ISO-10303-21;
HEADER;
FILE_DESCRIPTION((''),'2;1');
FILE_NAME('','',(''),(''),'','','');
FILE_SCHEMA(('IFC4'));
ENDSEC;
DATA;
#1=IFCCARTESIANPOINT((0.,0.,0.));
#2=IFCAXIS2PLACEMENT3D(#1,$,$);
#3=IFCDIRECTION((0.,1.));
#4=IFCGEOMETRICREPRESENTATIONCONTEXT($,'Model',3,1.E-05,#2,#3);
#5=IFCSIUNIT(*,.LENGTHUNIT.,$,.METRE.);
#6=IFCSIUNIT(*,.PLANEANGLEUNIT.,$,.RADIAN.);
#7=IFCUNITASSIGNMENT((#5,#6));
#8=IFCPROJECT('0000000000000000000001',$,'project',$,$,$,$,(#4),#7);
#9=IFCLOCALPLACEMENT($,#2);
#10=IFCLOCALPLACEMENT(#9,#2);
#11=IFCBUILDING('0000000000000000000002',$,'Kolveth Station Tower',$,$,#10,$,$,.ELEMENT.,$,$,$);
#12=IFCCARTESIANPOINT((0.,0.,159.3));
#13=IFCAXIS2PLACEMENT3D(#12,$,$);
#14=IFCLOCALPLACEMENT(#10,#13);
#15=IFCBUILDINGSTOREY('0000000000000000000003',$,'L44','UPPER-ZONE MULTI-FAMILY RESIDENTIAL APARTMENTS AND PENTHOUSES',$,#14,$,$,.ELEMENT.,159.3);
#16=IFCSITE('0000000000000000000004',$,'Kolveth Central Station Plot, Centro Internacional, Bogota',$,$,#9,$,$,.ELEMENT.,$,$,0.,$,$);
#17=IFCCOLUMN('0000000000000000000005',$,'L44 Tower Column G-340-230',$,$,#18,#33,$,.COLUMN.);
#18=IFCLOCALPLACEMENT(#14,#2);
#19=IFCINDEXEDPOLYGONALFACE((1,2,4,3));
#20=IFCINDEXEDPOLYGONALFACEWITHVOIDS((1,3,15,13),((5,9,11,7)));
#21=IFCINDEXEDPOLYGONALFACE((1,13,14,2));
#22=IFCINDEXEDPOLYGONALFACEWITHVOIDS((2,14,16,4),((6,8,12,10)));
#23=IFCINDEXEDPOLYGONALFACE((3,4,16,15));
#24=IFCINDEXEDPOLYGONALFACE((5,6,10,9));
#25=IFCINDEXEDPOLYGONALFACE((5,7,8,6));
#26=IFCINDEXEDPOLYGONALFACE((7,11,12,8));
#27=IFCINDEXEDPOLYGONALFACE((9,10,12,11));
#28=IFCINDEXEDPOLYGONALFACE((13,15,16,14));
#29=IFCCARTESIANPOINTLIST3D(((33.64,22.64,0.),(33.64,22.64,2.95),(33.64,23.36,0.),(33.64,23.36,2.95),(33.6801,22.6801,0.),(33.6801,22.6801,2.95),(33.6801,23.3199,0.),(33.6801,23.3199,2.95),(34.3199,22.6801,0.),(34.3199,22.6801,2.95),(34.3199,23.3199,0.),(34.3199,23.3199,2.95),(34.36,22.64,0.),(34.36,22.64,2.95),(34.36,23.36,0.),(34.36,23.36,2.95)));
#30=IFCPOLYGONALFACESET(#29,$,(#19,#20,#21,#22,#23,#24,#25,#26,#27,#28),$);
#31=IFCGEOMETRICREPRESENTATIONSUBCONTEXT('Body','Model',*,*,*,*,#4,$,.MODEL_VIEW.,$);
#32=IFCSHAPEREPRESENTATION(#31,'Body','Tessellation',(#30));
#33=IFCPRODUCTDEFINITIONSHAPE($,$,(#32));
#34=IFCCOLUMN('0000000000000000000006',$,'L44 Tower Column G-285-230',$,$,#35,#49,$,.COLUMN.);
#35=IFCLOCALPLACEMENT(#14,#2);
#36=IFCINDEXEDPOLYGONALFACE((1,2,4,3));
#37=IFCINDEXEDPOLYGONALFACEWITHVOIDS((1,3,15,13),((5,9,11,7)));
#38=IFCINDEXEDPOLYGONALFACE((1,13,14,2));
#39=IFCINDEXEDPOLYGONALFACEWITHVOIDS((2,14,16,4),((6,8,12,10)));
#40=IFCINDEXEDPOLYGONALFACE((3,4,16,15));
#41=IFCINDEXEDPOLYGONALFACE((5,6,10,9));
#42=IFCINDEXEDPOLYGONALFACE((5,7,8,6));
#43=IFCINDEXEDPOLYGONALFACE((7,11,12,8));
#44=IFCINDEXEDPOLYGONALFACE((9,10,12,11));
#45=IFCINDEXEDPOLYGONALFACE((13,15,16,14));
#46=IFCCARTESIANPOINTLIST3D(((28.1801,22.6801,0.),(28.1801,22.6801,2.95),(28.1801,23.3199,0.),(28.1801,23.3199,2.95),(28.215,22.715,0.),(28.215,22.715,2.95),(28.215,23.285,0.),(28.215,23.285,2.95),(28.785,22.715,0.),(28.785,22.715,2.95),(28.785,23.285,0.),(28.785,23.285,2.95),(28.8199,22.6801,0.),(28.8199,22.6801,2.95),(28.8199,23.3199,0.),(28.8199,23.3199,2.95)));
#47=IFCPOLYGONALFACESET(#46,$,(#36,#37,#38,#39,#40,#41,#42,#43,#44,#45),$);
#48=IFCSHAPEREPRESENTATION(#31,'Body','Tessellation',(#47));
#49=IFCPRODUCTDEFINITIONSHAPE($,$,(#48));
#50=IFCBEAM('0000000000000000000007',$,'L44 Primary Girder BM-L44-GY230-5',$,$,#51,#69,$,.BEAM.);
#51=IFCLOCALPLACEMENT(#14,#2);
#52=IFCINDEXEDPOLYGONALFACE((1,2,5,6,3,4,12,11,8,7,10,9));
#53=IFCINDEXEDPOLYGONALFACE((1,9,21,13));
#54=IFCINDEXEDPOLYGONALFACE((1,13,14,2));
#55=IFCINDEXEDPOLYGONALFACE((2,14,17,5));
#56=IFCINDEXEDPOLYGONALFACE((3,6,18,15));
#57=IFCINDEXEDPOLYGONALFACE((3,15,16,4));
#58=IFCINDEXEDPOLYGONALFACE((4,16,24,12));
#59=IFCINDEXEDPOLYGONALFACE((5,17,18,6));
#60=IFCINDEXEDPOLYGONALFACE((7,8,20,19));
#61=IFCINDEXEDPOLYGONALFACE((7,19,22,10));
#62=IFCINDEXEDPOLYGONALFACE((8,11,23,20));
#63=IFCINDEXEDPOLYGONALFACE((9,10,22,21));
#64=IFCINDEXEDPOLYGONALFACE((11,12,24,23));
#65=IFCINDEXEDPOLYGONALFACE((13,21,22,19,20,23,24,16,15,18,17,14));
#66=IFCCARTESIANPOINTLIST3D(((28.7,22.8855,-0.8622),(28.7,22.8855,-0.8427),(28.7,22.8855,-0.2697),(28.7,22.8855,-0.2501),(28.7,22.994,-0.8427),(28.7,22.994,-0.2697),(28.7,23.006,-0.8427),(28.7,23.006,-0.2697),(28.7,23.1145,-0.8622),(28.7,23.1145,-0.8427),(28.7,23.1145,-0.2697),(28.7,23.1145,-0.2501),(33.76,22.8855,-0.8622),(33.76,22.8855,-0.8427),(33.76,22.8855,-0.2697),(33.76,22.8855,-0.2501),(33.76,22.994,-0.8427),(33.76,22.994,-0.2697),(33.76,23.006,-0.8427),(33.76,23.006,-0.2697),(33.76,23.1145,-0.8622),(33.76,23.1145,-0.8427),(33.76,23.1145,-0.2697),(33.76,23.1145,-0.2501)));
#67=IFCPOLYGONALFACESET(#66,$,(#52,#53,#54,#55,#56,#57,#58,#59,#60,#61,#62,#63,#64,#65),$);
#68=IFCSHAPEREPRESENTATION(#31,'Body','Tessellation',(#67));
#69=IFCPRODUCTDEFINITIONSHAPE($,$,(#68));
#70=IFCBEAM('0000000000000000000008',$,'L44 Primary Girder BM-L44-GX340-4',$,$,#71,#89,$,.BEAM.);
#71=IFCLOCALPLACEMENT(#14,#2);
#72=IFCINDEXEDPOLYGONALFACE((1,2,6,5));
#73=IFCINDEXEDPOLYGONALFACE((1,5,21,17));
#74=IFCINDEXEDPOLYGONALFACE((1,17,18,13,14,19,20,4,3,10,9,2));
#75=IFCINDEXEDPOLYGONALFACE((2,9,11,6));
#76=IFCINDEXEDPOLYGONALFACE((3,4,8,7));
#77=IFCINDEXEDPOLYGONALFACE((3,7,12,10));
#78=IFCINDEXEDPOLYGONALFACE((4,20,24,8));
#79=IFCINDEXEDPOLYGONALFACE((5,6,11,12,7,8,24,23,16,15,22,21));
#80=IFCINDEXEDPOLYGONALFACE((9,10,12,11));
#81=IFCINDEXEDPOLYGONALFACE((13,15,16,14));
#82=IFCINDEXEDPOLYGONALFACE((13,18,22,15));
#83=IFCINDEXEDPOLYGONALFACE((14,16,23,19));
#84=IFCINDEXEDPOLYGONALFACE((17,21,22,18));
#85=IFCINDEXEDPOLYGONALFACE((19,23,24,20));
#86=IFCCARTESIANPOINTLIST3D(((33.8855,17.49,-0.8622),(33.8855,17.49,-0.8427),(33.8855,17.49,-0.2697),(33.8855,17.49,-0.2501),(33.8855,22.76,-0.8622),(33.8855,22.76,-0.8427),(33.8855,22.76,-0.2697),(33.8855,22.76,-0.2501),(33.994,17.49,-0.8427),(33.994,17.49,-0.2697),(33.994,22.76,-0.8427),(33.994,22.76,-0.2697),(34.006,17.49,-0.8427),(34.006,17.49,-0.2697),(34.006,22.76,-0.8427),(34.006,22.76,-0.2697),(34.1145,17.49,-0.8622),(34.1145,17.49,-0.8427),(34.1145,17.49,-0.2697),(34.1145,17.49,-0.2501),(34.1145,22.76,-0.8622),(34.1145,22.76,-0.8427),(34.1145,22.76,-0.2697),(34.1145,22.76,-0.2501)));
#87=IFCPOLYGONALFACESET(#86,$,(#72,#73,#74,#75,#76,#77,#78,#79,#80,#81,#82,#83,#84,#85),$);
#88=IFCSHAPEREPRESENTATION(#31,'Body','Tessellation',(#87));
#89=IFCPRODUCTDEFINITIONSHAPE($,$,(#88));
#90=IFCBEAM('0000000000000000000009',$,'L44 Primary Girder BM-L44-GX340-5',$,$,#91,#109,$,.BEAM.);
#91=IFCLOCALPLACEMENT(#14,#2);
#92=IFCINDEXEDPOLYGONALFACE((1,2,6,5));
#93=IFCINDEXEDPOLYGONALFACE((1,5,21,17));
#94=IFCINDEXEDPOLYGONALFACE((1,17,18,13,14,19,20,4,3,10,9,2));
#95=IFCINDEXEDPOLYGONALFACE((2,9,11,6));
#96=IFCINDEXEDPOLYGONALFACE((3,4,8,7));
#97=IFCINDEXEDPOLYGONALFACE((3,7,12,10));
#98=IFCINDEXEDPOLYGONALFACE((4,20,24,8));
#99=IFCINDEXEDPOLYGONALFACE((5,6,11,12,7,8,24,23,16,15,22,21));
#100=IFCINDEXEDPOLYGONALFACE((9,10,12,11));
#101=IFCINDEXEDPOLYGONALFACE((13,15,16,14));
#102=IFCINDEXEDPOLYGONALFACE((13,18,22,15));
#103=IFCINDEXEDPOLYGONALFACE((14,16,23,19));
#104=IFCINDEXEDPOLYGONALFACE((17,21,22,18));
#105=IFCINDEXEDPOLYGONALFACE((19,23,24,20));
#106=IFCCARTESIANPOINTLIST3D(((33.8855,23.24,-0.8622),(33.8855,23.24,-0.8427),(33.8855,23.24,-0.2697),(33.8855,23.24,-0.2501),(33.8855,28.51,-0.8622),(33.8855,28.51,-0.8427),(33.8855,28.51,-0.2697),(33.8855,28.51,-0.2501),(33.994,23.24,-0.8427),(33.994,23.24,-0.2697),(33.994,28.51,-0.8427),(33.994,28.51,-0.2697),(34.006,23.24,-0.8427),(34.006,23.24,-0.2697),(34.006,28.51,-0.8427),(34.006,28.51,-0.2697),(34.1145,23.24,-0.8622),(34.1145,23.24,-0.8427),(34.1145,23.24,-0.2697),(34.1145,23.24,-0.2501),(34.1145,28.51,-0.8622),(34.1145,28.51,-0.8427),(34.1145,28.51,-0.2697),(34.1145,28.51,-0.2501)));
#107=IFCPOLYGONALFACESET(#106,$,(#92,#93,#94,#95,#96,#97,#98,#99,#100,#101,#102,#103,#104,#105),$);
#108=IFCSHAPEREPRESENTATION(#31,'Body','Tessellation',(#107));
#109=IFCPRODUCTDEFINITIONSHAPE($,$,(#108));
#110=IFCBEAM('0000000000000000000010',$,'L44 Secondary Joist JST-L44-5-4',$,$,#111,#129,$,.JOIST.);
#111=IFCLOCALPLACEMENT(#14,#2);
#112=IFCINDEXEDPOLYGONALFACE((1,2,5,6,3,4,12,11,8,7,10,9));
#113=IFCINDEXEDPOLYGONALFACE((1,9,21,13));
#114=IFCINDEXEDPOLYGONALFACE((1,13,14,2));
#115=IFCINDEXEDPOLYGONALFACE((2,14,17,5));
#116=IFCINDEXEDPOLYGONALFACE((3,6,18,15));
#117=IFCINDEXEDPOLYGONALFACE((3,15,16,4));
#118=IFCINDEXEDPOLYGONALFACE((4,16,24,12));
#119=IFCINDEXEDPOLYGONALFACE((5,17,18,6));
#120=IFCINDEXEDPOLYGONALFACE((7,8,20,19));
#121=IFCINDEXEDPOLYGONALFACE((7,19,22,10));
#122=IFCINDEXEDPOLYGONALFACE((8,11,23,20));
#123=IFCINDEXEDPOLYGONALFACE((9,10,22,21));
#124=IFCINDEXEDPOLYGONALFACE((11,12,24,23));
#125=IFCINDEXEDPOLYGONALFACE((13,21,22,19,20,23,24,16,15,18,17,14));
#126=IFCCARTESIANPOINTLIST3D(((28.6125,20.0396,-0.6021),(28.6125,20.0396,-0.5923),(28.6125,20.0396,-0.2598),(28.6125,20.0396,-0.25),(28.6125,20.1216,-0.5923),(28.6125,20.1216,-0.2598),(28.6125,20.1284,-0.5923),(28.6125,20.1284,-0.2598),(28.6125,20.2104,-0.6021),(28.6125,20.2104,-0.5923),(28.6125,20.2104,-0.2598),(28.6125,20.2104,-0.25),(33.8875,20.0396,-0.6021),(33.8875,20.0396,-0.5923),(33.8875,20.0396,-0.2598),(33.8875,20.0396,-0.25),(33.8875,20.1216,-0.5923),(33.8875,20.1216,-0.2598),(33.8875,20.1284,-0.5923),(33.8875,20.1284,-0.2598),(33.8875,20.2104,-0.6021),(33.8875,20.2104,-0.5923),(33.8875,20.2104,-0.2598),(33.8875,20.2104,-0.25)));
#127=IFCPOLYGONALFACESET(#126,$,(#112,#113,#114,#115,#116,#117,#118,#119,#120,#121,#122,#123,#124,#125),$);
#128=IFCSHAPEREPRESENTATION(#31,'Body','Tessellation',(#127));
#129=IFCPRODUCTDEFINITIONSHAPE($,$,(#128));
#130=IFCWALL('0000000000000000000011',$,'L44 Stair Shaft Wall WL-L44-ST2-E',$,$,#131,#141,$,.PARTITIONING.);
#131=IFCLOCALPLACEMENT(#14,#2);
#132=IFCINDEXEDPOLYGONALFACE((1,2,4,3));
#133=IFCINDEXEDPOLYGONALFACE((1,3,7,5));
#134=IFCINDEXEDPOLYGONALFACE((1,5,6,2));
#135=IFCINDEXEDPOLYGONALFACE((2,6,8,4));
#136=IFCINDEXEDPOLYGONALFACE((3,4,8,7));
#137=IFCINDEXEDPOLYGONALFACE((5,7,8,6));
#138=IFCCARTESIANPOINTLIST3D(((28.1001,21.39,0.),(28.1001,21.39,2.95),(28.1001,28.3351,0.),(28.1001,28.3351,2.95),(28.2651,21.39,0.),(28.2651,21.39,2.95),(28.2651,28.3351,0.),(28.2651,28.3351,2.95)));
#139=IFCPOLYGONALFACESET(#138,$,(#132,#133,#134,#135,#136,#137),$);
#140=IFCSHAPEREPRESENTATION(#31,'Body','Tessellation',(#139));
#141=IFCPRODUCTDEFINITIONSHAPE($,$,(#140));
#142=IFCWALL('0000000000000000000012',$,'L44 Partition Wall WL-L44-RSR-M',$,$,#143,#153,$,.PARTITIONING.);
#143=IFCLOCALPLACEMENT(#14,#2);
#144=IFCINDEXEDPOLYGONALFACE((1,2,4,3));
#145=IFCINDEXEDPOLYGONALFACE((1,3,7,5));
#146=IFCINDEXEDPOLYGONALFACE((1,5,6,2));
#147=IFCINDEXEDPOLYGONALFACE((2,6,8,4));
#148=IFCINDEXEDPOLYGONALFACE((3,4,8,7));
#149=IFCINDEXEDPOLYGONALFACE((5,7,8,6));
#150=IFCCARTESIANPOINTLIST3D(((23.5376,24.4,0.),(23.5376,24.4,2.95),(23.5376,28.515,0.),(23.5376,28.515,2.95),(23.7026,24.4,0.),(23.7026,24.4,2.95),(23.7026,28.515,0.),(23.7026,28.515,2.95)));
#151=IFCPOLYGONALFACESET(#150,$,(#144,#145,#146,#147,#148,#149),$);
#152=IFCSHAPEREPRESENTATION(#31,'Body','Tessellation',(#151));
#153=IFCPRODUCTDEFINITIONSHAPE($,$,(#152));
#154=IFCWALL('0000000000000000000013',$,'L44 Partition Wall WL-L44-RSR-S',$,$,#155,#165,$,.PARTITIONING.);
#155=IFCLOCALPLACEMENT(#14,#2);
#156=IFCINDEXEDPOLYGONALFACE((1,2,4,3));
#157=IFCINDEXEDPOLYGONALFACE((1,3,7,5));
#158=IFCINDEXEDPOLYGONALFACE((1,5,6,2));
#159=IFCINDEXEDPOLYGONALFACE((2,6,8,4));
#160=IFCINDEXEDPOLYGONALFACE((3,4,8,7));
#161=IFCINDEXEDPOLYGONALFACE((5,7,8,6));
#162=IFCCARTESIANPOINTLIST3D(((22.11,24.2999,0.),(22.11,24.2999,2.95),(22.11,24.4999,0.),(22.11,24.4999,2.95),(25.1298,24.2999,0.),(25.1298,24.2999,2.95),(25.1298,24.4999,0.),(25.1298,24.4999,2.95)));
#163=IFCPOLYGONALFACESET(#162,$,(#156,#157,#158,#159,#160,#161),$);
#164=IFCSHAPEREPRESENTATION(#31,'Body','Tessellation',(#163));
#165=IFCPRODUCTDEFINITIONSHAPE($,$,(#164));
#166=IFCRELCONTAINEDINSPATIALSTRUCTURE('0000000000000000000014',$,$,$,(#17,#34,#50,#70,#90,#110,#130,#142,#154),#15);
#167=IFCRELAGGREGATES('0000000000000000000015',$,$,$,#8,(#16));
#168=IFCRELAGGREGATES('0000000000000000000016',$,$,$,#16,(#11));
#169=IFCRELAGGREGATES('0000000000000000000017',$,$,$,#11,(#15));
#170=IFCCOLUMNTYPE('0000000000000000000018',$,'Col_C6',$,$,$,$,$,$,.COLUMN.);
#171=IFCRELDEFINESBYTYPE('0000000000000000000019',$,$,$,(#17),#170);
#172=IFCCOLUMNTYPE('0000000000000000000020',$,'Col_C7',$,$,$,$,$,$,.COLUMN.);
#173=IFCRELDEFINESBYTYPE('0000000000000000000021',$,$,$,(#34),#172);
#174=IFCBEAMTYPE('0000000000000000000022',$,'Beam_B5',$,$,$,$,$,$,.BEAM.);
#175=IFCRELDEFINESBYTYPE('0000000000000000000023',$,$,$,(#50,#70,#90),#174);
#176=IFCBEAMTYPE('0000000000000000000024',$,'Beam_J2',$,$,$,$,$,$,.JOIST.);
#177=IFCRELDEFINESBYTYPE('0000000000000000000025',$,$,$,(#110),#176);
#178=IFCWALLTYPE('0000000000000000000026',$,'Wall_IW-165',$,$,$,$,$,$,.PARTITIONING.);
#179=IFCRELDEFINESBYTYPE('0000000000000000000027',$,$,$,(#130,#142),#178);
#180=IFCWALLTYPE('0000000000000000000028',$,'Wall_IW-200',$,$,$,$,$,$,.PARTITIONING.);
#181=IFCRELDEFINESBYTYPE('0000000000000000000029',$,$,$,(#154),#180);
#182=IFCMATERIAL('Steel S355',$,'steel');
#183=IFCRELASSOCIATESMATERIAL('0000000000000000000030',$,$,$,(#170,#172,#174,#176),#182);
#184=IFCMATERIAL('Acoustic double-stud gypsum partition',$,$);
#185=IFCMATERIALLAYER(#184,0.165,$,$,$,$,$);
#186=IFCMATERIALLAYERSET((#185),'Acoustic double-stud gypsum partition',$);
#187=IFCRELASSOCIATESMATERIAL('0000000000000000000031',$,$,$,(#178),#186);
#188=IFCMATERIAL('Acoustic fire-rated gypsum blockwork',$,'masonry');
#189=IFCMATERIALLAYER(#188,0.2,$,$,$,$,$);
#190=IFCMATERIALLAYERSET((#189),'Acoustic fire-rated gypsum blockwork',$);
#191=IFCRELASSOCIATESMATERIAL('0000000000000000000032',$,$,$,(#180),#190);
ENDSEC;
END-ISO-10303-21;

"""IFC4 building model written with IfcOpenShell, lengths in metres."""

from ifc_helpers import new_model, si_unit, direction, frame, frame_2d, origin, origin_2d, place, context, subcontext, project, spatial, rectangle, hollow_rectangle, i_section, extrude, source, transform, mapped, material, layer, layer_set, material_profile, profile_set, type_object, element, save


model = new_model("IFC4")

# Units and contexts
model_context = context("Model", 3, precision=1e-05, world=origin(), true_north=direction((0.0, 1.0)))
body_context = subcontext(model_context, "Body", "Model", "MODEL_VIEW")
ifc_project = project(units=[si_unit("LENGTHUNIT", "METRE"), si_unit("PLANEANGLEUNIT", "RADIAN")], contexts=[model_context])

# Site, building, storey
site_placement = place(None, origin())
site = spatial("IfcSite", under=ifc_project, at=site_placement, Name="Kolveth Central Station Plot, Centro Internacional, Bogota", CompositionType="ELEMENT", RefElevation=0.0)
building_placement = place(site_placement, origin())
building = spatial("IfcBuilding", under=site, at=building_placement, Name="Kolveth Station Tower", CompositionType="ELEMENT")
storey_placement = place(building_placement, frame((0.0, 0.0, 159.3)))
storey = spatial("IfcBuildingStorey", under=building, at=storey_placement, Name="L44", Description="UPPER-ZONE MULTI-FAMILY RESIDENTIAL APARTMENTS AND PENTHOUSES", CompositionType="ELEMENT", Elevation=159.3)

# Columns
ifc_material_1 = material(Name="Steel S355", Category="steel")
ifc_material_profile_1 = material_profile(ifc_material_1, hollow_rectangle(XDim=0.72, YDim=0.72, WallThickness=0.04, at=origin_2d()), Name="BOX720x720x40")
ifc_profile_set_1 = profile_set([ifc_material_profile_1], Name="Steel S355")
column_type_1 = type_object("IfcColumnType", Name="Col_C6", PredefinedType="COLUMN", material=ifc_profile_set_1)
shared_shape_1 = source(origin(), body_context, "Body", "SweptSolid", [
    extrude(hollow_rectangle(XDim=0.72, YDim=0.72, WallThickness=0.04, at=origin_2d()), origin(), (0.0, 0.0, 1.0), 2.95),
])
column_1_placement = place(storey_placement, frame((34.0, 23.0, 0.0), z_axis=(0.0, 0.0, 1.0), x_axis=(1.0, 0.0, 0.0)))
element("IfcColumn", 1, at=column_1_placement, inside=storey, type_object=column_type_1, Name="L44 Tower Column G-340-230", PredefinedType="COLUMN", context=body_context, shape_type="MappedRepresentation", body=[
    mapped(shared_shape_1, transform((0.0, 0.0, 0.0), x_axis=(1.0, 0.0, 0.0), y_axis=(0.0, 1.0, 0.0), z_axis=(0.0, 0.0, 1.0), scale=1.0)),
])
ifc_material_profile_2 = material_profile(ifc_material_1, hollow_rectangle(XDim=0.6399, YDim=0.6399, WallThickness=0.0349, at=origin_2d()), Name="BOX640x640x35")
ifc_profile_set_2 = profile_set([ifc_material_profile_2], Name="Steel S355")
column_type_2 = type_object("IfcColumnType", Name="Col_C7", PredefinedType="COLUMN", material=ifc_profile_set_2)
shared_shape_2 = source(origin(), body_context, "Body", "SweptSolid", [
    extrude(hollow_rectangle(XDim=0.6399, YDim=0.6399, WallThickness=0.0349, at=origin_2d()), origin(), (0.0, 0.0, 1.0), 2.95),
])
column_2_placement = place(storey_placement, frame((28.5, 23.0, 0.0), z_axis=(0.0, 0.0, 1.0), x_axis=(1.0, 0.0, 0.0)))
element("IfcColumn", 2, at=column_2_placement, inside=storey, type_object=column_type_2, Name="L44 Tower Column G-285-230", PredefinedType="COLUMN", context=body_context, shape_type="MappedRepresentation", body=[
    mapped(shared_shape_2, transform((0.0, 0.0, 0.0), x_axis=(1.0, 0.0, 0.0), y_axis=(0.0, 1.0, 0.0), z_axis=(0.0, 0.0, 1.0), scale=1.0)),
])

# Beams
ifc_material_profile_3 = material_profile(ifc_material_1, i_section(OverallWidth=0.229, OverallDepth=0.6121, WebThickness=0.012, FlangeThickness=0.0195, at=origin_2d()), Name="W610x125")
ifc_profile_set_3 = profile_set([ifc_material_profile_3], Name="Steel S355")
beam_type_1 = type_object("IfcBeamType", Name="Beam_B5", PredefinedType="BEAM", material=ifc_profile_set_3)
shared_shape_3 = source(origin(), body_context, "Body", "SweptSolid", [
    extrude(i_section(OverallWidth=0.229, OverallDepth=0.6121, WebThickness=0.012, FlangeThickness=0.0195, at=origin_2d()), origin(), (0.0, 0.0, 1.0), 5.0601),
])
beam_1_placement = place(storey_placement, frame((28.7, 23.0, -0.5562), z_axis=(1.0, 0.0, 0.0), x_axis=(0.0, 1.0, 0.0)))
element("IfcBeam", 3, at=beam_1_placement, inside=storey, type_object=beam_type_1, Name="L44 Primary Girder BM-L44-GY230-5", PredefinedType="BEAM", context=body_context, shape_type="MappedRepresentation", body=[
    mapped(shared_shape_3, transform((0.0, 0.0, 0.0), x_axis=(1.0, 0.0, 0.0), y_axis=(0.0, 1.0, 0.0), z_axis=(0.0, 0.0, 1.0), scale=1.0)),
])
shared_shape_4 = source(origin(), body_context, "Body", "SweptSolid", [
    extrude(i_section(OverallWidth=0.229, OverallDepth=0.6121, WebThickness=0.012, FlangeThickness=0.0195, at=origin_2d()), origin(), (0.0, 0.0, 1.0), 5.27),
])
for number, where, z_axis, x_axis, name in (
    (4, (34.0, 17.49, -0.5562), (0.0, 1.0, 0.0), (-1.0, 0.0, 0.0), "L44 Primary Girder BM-L44-GX340-4"),
    (5, (34.0, 23.24, -0.5562), (0.0, 1.0, 0.0), (-1.0, 0.0, 0.0), "L44 Primary Girder BM-L44-GX340-5"),
):
    element("IfcBeam", number, at=place(storey_placement, frame(where, z_axis=z_axis, x_axis=x_axis)), inside=storey, type_object=beam_type_1, Name=name, PredefinedType="BEAM", context=body_context, shape_type="MappedRepresentation", body=[
        mapped(shared_shape_4, transform((0.0, 0.0, 0.0), x_axis=(1.0, 0.0, 0.0), y_axis=(0.0, 1.0, 0.0), z_axis=(0.0, 0.0, 1.0), scale=1.0)),
    ])
ifc_material_profile_4 = material_profile(ifc_material_1, i_section(OverallWidth=0.1709, OverallDepth=0.3521, WebThickness=0.0068, FlangeThickness=0.0098, at=origin_2d()), Name="W360x44")
ifc_profile_set_4 = profile_set([ifc_material_profile_4], Name="Steel S355")
beam_type_2 = type_object("IfcBeamType", Name="Beam_J2", PredefinedType="JOIST", material=ifc_profile_set_4)
shared_shape_5 = source(origin(), body_context, "Body", "SweptSolid", [
    extrude(i_section(OverallWidth=0.1709, OverallDepth=0.3521, WebThickness=0.0068, FlangeThickness=0.0098, at=origin_2d()), origin(), (0.0, 0.0, 1.0), 5.2749),
])
beam_2_placement = place(storey_placement, frame((28.6125, 20.125, -0.426), z_axis=(1.0, 0.0, 0.0), x_axis=(0.0, 1.0, 0.0)))
element("IfcBeam", 6, at=beam_2_placement, inside=storey, type_object=beam_type_2, Name="L44 Secondary Joist JST-L44-5-4", PredefinedType="JOIST", context=body_context, shape_type="MappedRepresentation", body=[
    mapped(shared_shape_5, transform((0.0, 0.0, 0.0), x_axis=(1.0, 0.0, 0.0), y_axis=(0.0, 1.0, 0.0), z_axis=(0.0, 0.0, 1.0), scale=1.0)),
])

# Walls
ifc_material_2 = material(Name="Acoustic double-stud gypsum partition")
ifc_layer_1 = layer(ifc_material_2, 0.165)
ifc_layer_set_1 = layer_set([ifc_layer_1], Name="Acoustic double-stud gypsum partition")
wall_type_1 = type_object("IfcWallType", Name="Wall_IW-165", PredefinedType="PARTITIONING", material=ifc_layer_set_1)
wall_1_placement = place(storey_placement, frame((28.1826, 21.3899, 0.0), z_axis=(0.0, 0.0, 1.0), x_axis=(0.0, 1.0, 0.0)))
element("IfcWall", 7, at=wall_1_placement, inside=storey, type_object=wall_type_1, Name="L44 Stair Shaft Wall WL-L44-ST2-E", PredefinedType="PARTITIONING", context=body_context, shape_type="SweptSolid", body=[
    extrude(rectangle(XDim=6.9451, YDim=0.165, at=frame_2d((3.4727, 0.0))), origin(), (0.0, 0.0, 1.0), 2.95),
])
wall_2_placement = place(storey_placement, frame((23.6201, 24.3999, 0.0), z_axis=(0.0, 0.0, 1.0), x_axis=(0.0, 1.0, 0.0)))
element("IfcWall", 8, at=wall_2_placement, inside=storey, type_object=wall_type_1, Name="L44 Partition Wall WL-L44-RSR-M", PredefinedType="PARTITIONING", context=body_context, shape_type="SweptSolid", body=[
    extrude(rectangle(XDim=4.115, YDim=0.165, at=frame_2d((2.0576, 0.0))), origin(), (0.0, 0.0, 1.0), 2.95),
])
ifc_material_3 = material(Name="Acoustic fire-rated gypsum blockwork", Category="masonry")
ifc_layer_2 = layer(ifc_material_3, 0.2)
ifc_layer_set_2 = layer_set([ifc_layer_2], Name="Acoustic fire-rated gypsum blockwork")
wall_type_2 = type_object("IfcWallType", Name="Wall_IW-200", PredefinedType="PARTITIONING", material=ifc_layer_set_2)
wall_3_placement = place(storey_placement, frame((22.1101, 24.3999, 0.0), z_axis=(0.0, 0.0, 1.0), x_axis=(1.0, 0.0, 0.0)))
element("IfcWall", 9, at=wall_3_placement, inside=storey, type_object=wall_type_2, Name="L44 Partition Wall WL-L44-RSR-S", PredefinedType="PARTITIONING", context=body_context, shape_type="SweptSolid", body=[
    extrude(rectangle(XDim=3.0198, YDim=0.2, at=frame_2d((1.5098, 0.0))), origin(), (0.0, 0.0, 1.0), 2.95),
])

save(model, "model.ifc")
